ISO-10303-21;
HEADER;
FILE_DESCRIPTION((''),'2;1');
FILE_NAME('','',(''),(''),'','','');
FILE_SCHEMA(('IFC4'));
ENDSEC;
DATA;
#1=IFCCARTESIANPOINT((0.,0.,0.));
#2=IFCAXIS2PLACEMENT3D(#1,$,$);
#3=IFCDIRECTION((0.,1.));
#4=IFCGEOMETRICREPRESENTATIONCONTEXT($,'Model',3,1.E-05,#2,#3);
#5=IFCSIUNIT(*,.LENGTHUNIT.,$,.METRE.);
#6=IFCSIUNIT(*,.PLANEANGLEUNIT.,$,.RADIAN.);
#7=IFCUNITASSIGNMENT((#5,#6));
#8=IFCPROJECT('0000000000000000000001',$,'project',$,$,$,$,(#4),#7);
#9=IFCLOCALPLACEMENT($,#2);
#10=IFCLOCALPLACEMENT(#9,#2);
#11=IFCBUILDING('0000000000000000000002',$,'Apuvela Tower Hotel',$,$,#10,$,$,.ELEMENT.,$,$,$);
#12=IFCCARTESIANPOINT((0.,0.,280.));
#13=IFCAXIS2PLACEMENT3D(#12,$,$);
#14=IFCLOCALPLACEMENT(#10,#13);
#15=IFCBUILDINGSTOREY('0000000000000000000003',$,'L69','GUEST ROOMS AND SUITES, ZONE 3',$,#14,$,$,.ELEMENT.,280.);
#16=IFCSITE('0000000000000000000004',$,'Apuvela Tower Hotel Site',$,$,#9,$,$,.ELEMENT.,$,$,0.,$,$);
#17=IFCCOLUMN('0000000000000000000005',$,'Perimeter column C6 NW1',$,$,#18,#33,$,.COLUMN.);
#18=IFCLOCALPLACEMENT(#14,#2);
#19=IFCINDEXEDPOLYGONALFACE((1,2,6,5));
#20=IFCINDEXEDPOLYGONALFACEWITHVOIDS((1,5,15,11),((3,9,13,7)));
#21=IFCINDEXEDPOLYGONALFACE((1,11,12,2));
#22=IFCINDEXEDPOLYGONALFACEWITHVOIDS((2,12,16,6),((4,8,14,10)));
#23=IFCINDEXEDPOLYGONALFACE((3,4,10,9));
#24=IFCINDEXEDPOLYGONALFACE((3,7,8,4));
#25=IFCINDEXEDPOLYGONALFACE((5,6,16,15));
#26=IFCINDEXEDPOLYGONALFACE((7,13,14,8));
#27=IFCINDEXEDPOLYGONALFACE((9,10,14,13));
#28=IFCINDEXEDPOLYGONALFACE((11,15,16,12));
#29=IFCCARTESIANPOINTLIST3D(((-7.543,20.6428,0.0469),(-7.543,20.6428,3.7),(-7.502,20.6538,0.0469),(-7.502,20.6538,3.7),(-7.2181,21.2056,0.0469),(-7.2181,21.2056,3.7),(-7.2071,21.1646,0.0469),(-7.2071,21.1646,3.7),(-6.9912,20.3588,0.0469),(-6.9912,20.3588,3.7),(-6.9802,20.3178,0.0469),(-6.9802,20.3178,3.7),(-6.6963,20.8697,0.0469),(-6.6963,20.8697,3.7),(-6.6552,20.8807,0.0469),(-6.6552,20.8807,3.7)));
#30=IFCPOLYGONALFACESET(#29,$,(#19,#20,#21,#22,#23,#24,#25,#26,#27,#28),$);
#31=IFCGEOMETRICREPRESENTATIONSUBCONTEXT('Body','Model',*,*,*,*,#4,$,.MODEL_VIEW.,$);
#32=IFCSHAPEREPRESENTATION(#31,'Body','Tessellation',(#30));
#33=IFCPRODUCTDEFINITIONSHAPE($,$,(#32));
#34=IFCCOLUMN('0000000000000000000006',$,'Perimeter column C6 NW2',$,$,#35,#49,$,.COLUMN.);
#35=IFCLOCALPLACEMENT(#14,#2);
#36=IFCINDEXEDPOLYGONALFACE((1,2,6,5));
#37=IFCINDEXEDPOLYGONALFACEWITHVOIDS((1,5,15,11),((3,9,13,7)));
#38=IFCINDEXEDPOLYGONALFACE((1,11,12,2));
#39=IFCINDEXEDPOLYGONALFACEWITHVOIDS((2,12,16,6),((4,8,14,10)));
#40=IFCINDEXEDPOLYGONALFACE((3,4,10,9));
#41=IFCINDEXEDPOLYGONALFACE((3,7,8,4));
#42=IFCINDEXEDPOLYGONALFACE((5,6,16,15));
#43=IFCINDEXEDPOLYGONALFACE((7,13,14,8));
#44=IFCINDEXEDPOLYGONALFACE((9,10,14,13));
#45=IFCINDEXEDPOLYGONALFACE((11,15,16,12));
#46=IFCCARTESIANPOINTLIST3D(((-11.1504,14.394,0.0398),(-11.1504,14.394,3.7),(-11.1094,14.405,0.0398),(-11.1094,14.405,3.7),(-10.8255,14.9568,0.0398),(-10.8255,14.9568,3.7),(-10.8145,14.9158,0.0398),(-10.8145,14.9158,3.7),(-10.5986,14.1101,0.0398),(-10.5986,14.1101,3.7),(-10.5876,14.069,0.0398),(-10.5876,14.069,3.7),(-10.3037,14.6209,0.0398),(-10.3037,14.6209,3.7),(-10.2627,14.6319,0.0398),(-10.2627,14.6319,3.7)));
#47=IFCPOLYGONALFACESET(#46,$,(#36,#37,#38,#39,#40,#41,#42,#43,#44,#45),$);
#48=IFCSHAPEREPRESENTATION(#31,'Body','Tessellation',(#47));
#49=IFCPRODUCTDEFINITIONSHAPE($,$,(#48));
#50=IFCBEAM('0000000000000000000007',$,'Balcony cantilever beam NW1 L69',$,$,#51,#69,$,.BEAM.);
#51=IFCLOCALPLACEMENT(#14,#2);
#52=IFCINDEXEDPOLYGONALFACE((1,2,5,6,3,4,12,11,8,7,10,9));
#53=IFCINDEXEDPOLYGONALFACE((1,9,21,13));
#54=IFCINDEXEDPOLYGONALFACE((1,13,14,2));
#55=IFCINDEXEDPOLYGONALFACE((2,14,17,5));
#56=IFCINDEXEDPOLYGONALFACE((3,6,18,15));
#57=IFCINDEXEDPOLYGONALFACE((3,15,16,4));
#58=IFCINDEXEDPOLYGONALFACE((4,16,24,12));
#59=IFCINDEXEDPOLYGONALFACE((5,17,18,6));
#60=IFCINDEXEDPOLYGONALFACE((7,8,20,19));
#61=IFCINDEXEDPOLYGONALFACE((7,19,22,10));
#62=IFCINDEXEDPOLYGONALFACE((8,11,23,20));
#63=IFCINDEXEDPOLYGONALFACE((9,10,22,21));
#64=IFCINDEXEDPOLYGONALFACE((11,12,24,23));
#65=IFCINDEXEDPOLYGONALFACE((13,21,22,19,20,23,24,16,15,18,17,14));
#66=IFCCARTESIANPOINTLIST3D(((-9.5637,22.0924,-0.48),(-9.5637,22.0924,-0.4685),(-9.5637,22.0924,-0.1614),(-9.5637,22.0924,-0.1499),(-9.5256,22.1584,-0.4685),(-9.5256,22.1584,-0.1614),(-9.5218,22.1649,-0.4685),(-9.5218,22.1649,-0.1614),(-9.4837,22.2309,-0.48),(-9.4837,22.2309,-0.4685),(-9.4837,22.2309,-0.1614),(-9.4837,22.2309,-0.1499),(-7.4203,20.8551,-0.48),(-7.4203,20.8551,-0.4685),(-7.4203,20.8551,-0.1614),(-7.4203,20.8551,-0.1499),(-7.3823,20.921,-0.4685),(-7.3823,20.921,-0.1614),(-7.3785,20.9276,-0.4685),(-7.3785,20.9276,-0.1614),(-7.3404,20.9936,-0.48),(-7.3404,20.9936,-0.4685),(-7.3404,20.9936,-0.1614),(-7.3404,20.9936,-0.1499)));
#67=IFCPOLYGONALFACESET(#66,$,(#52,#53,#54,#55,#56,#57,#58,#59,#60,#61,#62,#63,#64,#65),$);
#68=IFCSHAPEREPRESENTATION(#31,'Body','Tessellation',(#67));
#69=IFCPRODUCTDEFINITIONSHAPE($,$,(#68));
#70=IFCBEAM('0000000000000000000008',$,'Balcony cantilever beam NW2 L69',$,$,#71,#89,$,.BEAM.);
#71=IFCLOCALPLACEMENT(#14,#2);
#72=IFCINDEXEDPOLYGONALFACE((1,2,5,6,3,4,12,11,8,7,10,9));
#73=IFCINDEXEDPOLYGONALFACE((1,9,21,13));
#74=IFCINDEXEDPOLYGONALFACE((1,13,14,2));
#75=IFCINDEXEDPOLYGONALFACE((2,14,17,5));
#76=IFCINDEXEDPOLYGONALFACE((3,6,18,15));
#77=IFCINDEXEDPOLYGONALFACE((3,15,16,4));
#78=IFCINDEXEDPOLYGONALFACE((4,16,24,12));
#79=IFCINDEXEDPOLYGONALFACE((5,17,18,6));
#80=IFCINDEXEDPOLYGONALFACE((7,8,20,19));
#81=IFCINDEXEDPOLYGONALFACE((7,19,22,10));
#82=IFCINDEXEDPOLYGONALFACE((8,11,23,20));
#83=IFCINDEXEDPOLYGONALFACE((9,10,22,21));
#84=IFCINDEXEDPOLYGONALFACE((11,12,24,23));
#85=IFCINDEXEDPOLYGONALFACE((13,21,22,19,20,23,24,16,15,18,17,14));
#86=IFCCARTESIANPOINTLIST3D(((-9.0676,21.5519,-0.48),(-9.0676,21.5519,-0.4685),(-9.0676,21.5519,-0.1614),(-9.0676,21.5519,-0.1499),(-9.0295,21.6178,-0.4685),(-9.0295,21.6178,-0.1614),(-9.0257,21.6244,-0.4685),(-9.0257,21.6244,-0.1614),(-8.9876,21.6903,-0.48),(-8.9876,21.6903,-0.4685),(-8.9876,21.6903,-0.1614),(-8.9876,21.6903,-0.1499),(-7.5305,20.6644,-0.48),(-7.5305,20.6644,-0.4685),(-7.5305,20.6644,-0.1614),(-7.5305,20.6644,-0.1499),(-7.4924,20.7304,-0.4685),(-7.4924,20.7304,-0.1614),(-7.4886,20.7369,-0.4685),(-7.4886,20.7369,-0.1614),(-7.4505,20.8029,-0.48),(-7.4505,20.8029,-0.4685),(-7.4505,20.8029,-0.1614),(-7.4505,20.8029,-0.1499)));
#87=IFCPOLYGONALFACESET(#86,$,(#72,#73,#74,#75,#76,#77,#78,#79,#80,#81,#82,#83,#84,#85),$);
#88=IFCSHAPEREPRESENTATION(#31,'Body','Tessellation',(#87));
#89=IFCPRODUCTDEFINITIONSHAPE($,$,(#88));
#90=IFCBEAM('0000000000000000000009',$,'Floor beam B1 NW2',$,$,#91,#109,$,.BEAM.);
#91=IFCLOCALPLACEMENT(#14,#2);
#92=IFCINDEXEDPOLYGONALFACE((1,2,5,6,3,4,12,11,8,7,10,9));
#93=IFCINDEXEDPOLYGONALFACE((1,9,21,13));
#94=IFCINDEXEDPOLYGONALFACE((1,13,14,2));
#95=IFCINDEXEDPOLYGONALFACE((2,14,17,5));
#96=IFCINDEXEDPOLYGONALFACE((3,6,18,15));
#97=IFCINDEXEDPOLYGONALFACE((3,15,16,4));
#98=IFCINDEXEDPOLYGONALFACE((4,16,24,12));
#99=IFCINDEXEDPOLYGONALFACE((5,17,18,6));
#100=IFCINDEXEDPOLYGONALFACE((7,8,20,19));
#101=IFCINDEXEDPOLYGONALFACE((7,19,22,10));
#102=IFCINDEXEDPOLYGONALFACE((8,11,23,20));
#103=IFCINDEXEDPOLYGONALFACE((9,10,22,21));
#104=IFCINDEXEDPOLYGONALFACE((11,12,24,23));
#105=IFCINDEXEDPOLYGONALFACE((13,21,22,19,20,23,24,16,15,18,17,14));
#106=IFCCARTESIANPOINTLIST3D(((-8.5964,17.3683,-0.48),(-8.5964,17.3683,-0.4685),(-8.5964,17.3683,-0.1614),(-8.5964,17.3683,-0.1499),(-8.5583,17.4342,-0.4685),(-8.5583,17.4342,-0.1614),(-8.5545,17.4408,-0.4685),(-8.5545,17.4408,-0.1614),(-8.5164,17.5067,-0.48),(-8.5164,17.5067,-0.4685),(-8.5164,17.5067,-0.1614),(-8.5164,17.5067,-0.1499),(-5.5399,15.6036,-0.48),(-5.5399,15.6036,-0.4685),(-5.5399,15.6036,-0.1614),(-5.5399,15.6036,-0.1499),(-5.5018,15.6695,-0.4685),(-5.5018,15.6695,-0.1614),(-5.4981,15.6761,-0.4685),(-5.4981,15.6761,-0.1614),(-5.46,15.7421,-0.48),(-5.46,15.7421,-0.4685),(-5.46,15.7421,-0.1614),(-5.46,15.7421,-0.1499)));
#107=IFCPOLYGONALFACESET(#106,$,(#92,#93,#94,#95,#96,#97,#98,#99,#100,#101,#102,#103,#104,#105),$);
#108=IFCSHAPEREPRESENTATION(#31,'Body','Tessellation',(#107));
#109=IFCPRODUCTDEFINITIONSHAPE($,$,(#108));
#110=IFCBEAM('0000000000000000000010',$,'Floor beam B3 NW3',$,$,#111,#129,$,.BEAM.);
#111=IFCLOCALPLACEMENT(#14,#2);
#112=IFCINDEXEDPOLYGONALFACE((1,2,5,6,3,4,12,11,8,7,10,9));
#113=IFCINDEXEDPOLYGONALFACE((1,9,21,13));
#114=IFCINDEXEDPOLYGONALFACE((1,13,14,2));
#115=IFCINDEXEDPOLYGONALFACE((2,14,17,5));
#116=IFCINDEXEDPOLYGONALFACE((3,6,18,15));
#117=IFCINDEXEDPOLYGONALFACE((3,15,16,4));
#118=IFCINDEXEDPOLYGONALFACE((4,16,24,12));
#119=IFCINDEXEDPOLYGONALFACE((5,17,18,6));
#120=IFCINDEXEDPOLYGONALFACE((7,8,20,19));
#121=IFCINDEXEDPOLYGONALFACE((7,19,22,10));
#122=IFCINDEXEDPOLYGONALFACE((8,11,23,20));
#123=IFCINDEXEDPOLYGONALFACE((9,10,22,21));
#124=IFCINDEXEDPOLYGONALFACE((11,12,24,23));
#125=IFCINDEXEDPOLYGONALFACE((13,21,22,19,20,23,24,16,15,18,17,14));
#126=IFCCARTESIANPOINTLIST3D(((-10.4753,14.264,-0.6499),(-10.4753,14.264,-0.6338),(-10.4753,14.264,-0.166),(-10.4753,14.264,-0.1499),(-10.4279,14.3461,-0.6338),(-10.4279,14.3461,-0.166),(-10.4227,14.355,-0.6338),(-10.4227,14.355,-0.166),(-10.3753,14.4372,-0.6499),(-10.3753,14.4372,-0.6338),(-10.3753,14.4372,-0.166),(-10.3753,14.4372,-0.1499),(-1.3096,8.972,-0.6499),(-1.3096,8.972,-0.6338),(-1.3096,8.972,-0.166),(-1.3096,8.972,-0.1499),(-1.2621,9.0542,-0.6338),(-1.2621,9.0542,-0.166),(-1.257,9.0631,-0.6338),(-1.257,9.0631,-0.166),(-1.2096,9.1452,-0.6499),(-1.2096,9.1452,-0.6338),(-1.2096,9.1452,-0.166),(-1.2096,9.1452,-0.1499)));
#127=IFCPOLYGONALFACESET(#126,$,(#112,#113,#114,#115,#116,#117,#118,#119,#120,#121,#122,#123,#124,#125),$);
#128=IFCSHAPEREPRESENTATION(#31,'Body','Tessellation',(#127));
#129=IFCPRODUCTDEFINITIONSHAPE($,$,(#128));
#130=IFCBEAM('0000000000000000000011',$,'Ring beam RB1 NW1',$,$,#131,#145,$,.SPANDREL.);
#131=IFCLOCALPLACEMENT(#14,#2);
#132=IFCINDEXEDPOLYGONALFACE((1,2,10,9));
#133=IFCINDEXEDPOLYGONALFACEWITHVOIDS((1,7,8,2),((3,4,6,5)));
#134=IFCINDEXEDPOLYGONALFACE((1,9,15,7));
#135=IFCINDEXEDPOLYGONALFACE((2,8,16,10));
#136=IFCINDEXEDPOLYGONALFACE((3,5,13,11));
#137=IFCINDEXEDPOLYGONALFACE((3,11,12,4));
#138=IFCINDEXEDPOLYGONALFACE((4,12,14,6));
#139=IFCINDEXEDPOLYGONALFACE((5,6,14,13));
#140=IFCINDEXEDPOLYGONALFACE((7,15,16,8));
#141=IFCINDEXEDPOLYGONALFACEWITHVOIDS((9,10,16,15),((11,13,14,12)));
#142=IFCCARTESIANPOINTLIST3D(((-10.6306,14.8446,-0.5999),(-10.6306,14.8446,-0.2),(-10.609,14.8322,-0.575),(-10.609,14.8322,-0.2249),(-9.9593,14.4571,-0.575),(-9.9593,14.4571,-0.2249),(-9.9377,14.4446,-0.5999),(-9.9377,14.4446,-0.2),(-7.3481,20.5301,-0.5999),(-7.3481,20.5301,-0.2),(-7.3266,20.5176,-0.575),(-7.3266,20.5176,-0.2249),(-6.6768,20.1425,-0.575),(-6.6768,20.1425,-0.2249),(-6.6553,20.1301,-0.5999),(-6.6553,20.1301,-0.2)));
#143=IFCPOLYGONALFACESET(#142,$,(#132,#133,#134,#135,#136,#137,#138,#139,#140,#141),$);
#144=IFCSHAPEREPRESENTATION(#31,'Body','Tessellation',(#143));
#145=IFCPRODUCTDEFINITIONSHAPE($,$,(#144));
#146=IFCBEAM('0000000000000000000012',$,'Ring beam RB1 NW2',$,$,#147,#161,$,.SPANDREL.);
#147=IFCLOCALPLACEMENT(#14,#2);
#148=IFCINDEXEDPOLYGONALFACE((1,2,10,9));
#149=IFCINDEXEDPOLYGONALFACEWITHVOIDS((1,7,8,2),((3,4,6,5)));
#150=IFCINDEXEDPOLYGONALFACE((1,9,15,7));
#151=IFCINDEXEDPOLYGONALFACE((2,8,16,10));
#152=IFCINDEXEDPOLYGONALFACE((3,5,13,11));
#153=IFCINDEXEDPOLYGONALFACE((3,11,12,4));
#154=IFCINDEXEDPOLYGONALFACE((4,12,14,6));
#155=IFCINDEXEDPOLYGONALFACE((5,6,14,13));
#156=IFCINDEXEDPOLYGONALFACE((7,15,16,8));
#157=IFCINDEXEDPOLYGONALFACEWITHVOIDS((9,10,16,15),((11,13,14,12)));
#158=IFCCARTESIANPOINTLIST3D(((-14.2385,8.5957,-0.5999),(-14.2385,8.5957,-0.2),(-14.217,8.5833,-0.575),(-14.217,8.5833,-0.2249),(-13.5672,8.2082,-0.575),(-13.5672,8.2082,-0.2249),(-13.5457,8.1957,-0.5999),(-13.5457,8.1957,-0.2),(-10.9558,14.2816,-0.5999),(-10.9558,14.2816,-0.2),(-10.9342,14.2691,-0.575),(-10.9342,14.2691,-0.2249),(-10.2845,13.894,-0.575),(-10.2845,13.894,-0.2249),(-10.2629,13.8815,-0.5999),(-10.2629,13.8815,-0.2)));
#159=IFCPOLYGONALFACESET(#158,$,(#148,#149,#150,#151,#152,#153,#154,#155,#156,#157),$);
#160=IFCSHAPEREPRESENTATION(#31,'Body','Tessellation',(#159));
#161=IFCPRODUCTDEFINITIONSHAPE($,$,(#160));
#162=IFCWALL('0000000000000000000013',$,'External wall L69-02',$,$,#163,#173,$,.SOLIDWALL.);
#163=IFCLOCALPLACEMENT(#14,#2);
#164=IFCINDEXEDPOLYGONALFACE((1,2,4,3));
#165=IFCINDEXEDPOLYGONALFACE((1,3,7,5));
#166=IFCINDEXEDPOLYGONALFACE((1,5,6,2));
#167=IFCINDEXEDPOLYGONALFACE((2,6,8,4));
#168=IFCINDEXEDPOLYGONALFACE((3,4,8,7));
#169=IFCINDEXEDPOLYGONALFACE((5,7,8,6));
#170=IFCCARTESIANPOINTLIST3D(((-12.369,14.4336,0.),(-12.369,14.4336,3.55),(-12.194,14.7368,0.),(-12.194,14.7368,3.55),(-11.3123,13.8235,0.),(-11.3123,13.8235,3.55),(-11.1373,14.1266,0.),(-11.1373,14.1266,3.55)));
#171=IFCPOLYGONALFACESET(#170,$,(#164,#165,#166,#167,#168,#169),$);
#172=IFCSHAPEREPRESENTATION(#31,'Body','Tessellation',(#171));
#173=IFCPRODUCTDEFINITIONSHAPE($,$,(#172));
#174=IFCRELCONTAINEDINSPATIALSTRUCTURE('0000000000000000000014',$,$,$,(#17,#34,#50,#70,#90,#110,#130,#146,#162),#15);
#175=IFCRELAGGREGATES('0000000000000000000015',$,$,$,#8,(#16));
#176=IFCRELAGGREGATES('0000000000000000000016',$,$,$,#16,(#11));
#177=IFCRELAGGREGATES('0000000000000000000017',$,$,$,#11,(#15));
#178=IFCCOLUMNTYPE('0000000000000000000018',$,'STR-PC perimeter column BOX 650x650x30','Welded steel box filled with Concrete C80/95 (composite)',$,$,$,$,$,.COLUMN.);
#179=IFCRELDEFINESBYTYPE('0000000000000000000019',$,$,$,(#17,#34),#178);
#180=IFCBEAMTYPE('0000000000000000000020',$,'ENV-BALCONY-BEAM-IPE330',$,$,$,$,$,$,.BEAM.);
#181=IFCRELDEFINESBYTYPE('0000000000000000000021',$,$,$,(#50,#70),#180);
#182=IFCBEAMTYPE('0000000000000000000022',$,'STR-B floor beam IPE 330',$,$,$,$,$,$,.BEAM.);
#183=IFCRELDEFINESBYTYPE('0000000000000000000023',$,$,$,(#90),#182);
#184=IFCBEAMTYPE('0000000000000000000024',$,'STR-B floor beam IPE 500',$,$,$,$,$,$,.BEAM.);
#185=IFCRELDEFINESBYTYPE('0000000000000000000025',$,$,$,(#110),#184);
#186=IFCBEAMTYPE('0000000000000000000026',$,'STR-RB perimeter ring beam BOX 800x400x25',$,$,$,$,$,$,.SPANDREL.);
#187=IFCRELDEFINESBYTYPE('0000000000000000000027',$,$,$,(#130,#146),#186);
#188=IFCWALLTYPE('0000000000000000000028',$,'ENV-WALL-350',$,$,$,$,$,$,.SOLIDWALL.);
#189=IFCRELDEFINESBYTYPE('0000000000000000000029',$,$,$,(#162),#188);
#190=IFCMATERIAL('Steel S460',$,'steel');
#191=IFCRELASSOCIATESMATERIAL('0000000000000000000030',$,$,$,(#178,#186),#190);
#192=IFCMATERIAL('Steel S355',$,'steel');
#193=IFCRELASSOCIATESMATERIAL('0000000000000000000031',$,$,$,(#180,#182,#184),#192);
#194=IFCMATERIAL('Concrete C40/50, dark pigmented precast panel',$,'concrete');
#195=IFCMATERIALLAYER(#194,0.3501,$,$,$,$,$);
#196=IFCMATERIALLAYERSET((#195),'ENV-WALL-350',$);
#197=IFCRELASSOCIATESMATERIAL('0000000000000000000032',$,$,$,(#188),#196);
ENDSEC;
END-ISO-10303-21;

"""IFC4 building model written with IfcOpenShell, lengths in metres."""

from ifc_helpers import new_model, si_unit, direction, frame, frame_2d, origin, origin_2d, place, context, subcontext, project, spatial, rectangle, hollow_rectangle, i_section, extrude, boolean, halfspace, material, layer, layer_set, material_profile, profile_set, type_object, element, save


model = new_model("IFC4")

# Units and contexts
model_context = context("Model", 3, precision=1e-05, world=origin(), true_north=direction((0.0, 1.0)))
body_context = subcontext(model_context, "Body", "Model", "MODEL_VIEW")
ifc_project = project(units=[si_unit("LENGTHUNIT", "METRE"), si_unit("PLANEANGLEUNIT", "RADIAN")], contexts=[model_context])

# Site, building, storey
site_placement = place(None, origin())
site = spatial("IfcSite", under=ifc_project, at=site_placement, Name="Apuvela Tower Hotel Site", CompositionType="ELEMENT", RefElevation=0.0)
building_placement = place(site_placement, origin())
building = spatial("IfcBuilding", under=site, at=building_placement, Name="Apuvela Tower Hotel", CompositionType="ELEMENT")
storey_placement = place(building_placement, frame((0.0, 0.0, 280.0)))
storey = spatial("IfcBuildingStorey", under=building, at=storey_placement, Name="L69", Description="GUEST ROOMS AND SUITES, ZONE 3", CompositionType="ELEMENT", Elevation=280.0)

# Columns
ifc_material_1 = material(Name="Steel S460", Category="steel")
ifc_material_profile_1 = material_profile(ifc_material_1, hollow_rectangle(XDim=0.6499, YDim=0.6499, WallThickness=0.03, at=origin_2d()), Name="BOX 650x650x30")
ifc_material_2 = material(Name="Concrete C80/95", Category="concrete")
ifc_material_profile_2 = material_profile(ifc_material_2, rectangle(XDim=0.5901, YDim=0.5901, at=origin_2d()), Name="Concrete C80/95 infill")
ifc_profile_set_1 = profile_set([ifc_material_profile_1, ifc_material_profile_2], Name="Steel S460")
column_type = type_object("IfcColumnType", Name="STR-PC perimeter column BOX 650x650x30", Description="Welded steel box filled with Concrete C80/95 (composite)", PredefinedType="COLUMN", material=ifc_profile_set_1)
column_1_placement = place(storey_placement, frame((-7.0991, 20.7617, 0.0), z_axis=(0.0, 0.0, 1.0), x_axis=(0.5, 0.866025, 0.0)))
element("IfcColumn", 1, at=column_1_placement, inside=storey, type_object=column_type, Name="Perimeter column C6 NW1", PredefinedType="COLUMN", context=body_context, shape_type="SweptSolid", body=[
    boolean("DIFFERENCE", extrude(hollow_rectangle(XDim=0.6499, YDim=0.6499, WallThickness=0.03, at=origin_2d()), origin(), (0.0, 0.0, 1.0), 3.7), halfspace(frame((0.0, 0.0, 0.0469), z_axis=(0.0, 0.0, 1.0), x_axis=(1.0, 0.0, 0.0)), True)),
])
column_2_placement = place(storey_placement, frame((-10.7065, 14.5129, 0.0), z_axis=(0.0, 0.0, 1.0), x_axis=(0.5, 0.866025, 0.0)))
element("IfcColumn", 2, at=column_2_placement, inside=storey, type_object=column_type, Name="Perimeter column C6 NW2", PredefinedType="COLUMN", context=body_context, shape_type="SweptSolid", body=[
    boolean("DIFFERENCE", extrude(hollow_rectangle(XDim=0.6499, YDim=0.6499, WallThickness=0.03, at=origin_2d()), origin(), (0.0, 0.0, 1.0), 3.7), halfspace(frame((0.0, 0.0, 0.0398), z_axis=(0.0, 0.0, 1.0), x_axis=(1.0, 0.0, 0.0)), True)),
])

# Beams
ifc_material_3 = material(Name="Steel S355", Category="steel")
ifc_material_profile_3 = material_profile(ifc_material_3, i_section(OverallWidth=0.1599, OverallDepth=0.3301, WebThickness=0.0076, FlangeThickness=0.0115, at=origin_2d()), Name="IPE 330")
ifc_profile_set_2 = profile_set([ifc_material_profile_3], Name="Steel S355")
beam_type_1 = type_object("IfcBeamType", Name="ENV-BALCONY-BEAM-IPE330", PredefinedType="BEAM", material=ifc_profile_set_2)
beam_1_placement = place(storey_placement, frame((-7.3804, 20.9243, -0.3149), z_axis=(-0.866049, 0.499959, 0.0), x_axis=(-0.499959, -0.866049, 0.0)))
element("IfcBeam", 3, at=beam_1_placement, inside=storey, type_object=beam_type_1, Name="Balcony cantilever beam NW1 L69", PredefinedType="BEAM", context=body_context, shape_type="SweptSolid", body=[
    extrude(i_section(OverallWidth=0.1599, OverallDepth=0.3301, WebThickness=0.0076, FlangeThickness=0.0115, at=origin_2d()), origin(), (0.0, 0.0, 1.0), 2.4749),
])
beam_2_placement = place(storey_placement, frame((-7.4905, 20.7336, -0.3149), z_axis=(-0.866025, 0.5, 0.0), x_axis=(-0.5, -0.866025, 0.0)))
element("IfcBeam", 4, at=beam_2_placement, inside=storey, type_object=beam_type_1, Name="Balcony cantilever beam NW2 L69", PredefinedType="BEAM", context=body_context, shape_type="SweptSolid", body=[
    extrude(i_section(OverallWidth=0.1599, OverallDepth=0.3301, WebThickness=0.0076, FlangeThickness=0.0115, at=origin_2d()), origin(), (0.0, 0.0, 1.0), 1.7749),
])
ifc_material_profile_4 = material_profile(ifc_material_3, i_section(OverallWidth=0.1599, OverallDepth=0.3301, WebThickness=0.0076, FlangeThickness=0.0115, at=origin_2d()), Name="IPE 330")
ifc_profile_set_3 = profile_set([ifc_material_profile_4], Name="Steel S355")
beam_type_2 = type_object("IfcBeamType", Name="STR-B floor beam IPE 330", PredefinedType="BEAM", material=ifc_profile_set_3)
beam_3_placement = place(storey_placement, frame((-8.5564, 17.4375, -0.3149), z_axis=(0.866021, -0.500008, 0.0), x_axis=(0.500008, 0.866021, 0.0)))
element("IfcBeam", 5, at=beam_3_placement, inside=storey, type_object=beam_type_2, Name="Floor beam B1 NW2", PredefinedType="BEAM", context=body_context, shape_type="SweptSolid", body=[
    extrude(i_section(OverallWidth=0.1599, OverallDepth=0.3301, WebThickness=0.0076, FlangeThickness=0.0115, at=origin_2d()), origin(), (0.0, 0.0, 1.0), 3.5293),
])
ifc_material_profile_5 = material_profile(ifc_material_3, i_section(OverallWidth=0.2, OverallDepth=0.5, WebThickness=0.0103, FlangeThickness=0.0161, at=origin_2d()), Name="IPE 500")
ifc_profile_set_4 = profile_set([ifc_material_profile_5], Name="Steel S355")
beam_type_3 = type_object("IfcBeamType", Name="STR-B floor beam IPE 500", PredefinedType="BEAM", material=ifc_profile_set_4)
beam_4_placement = place(storey_placement, frame((-10.4253, 14.3506, -0.3999), z_axis=(0.86602, -0.500009, 0.0), x_axis=(0.500009, 0.86602, 0.0)))
element("IfcBeam", 6, at=beam_4_placement, inside=storey, type_object=beam_type_3, Name="Floor beam B3 NW3", PredefinedType="BEAM", context=body_context, shape_type="SweptSolid", body=[
    extrude(i_section(OverallWidth=0.2, OverallDepth=0.5, WebThickness=0.0103, FlangeThickness=0.0161, at=origin_2d()), origin(), (0.0, 0.0, 1.0), 10.5837),
])
ifc_material_profile_6 = material_profile(ifc_material_1, hollow_rectangle(XDim=0.8, YDim=0.3999, WallThickness=0.0249, at=origin_2d()), Name="BOX 800x400x25")
ifc_profile_set_5 = profile_set([ifc_material_profile_6], Name="Steel S460")
beam_type_4 = type_object("IfcBeamType", Name="STR-RB perimeter ring beam BOX 800x400x25", PredefinedType="SPANDREL", material=ifc_profile_set_5)
beam_5_placement = place(storey_placement, frame((-7.0017, 20.3301, -0.3999), z_axis=(-0.499991, -0.866031, 0.0), x_axis=(0.866031, -0.499991, 0.0)))
element("IfcBeam", 7, at=beam_5_placement, inside=storey, type_object=beam_type_4, Name="Ring beam RB1 NW1", PredefinedType="SPANDREL", context=body_context, shape_type="SweptSolid", body=[
    extrude(hollow_rectangle(XDim=0.8, YDim=0.3999, WallThickness=0.0249, at=origin_2d()), origin(), (0.0, 0.0, 1.0), 6.5649),
])
beam_6_placement = place(storey_placement, frame((-10.6094, 14.0815, -0.3999), z_axis=(-0.500002, -0.866024, 0.0), x_axis=(0.866024, -0.500002, 0.0)))
element("IfcBeam", 8, at=beam_6_placement, inside=storey, type_object=beam_type_4, Name="Ring beam RB1 NW2", PredefinedType="SPANDREL", context=body_context, shape_type="SweptSolid", body=[
    extrude(hollow_rectangle(XDim=0.8, YDim=0.3999, WallThickness=0.0249, at=origin_2d()), origin(), (0.0, 0.0, 1.0), 6.5654),
])

# Wall
ifc_material_4 = material(Name="Concrete C40/50, dark pigmented precast panel", Category="concrete")
ifc_layer_1 = layer(ifc_material_4, 0.3501)
ifc_layer_set_1 = layer_set([ifc_layer_1], Name="ENV-WALL-350")
wall_type_1 = type_object("IfcWallType", Name="ENV-WALL-350", PredefinedType="SOLIDWALL", material=ifc_layer_set_1)
wall_1_placement = place(storey_placement, frame((-12.2815, 14.5852, 0.0), z_axis=(0.0, 0.0, 1.0), x_axis=(0.866006, -0.500034, 0.0)))
element("IfcWall", 9, at=wall_1_placement, inside=storey, type_object=wall_type_1, Name="External wall L69-02", PredefinedType="SOLIDWALL", context=body_context, shape_type="SweptSolid", body=[
    extrude(rectangle(XDim=1.2202, YDim=0.3501, at=frame_2d((0.6101, 0.0))), origin(), (0.0, 0.0, 1.0), 3.55),
])

save(model, "model.ifc")
